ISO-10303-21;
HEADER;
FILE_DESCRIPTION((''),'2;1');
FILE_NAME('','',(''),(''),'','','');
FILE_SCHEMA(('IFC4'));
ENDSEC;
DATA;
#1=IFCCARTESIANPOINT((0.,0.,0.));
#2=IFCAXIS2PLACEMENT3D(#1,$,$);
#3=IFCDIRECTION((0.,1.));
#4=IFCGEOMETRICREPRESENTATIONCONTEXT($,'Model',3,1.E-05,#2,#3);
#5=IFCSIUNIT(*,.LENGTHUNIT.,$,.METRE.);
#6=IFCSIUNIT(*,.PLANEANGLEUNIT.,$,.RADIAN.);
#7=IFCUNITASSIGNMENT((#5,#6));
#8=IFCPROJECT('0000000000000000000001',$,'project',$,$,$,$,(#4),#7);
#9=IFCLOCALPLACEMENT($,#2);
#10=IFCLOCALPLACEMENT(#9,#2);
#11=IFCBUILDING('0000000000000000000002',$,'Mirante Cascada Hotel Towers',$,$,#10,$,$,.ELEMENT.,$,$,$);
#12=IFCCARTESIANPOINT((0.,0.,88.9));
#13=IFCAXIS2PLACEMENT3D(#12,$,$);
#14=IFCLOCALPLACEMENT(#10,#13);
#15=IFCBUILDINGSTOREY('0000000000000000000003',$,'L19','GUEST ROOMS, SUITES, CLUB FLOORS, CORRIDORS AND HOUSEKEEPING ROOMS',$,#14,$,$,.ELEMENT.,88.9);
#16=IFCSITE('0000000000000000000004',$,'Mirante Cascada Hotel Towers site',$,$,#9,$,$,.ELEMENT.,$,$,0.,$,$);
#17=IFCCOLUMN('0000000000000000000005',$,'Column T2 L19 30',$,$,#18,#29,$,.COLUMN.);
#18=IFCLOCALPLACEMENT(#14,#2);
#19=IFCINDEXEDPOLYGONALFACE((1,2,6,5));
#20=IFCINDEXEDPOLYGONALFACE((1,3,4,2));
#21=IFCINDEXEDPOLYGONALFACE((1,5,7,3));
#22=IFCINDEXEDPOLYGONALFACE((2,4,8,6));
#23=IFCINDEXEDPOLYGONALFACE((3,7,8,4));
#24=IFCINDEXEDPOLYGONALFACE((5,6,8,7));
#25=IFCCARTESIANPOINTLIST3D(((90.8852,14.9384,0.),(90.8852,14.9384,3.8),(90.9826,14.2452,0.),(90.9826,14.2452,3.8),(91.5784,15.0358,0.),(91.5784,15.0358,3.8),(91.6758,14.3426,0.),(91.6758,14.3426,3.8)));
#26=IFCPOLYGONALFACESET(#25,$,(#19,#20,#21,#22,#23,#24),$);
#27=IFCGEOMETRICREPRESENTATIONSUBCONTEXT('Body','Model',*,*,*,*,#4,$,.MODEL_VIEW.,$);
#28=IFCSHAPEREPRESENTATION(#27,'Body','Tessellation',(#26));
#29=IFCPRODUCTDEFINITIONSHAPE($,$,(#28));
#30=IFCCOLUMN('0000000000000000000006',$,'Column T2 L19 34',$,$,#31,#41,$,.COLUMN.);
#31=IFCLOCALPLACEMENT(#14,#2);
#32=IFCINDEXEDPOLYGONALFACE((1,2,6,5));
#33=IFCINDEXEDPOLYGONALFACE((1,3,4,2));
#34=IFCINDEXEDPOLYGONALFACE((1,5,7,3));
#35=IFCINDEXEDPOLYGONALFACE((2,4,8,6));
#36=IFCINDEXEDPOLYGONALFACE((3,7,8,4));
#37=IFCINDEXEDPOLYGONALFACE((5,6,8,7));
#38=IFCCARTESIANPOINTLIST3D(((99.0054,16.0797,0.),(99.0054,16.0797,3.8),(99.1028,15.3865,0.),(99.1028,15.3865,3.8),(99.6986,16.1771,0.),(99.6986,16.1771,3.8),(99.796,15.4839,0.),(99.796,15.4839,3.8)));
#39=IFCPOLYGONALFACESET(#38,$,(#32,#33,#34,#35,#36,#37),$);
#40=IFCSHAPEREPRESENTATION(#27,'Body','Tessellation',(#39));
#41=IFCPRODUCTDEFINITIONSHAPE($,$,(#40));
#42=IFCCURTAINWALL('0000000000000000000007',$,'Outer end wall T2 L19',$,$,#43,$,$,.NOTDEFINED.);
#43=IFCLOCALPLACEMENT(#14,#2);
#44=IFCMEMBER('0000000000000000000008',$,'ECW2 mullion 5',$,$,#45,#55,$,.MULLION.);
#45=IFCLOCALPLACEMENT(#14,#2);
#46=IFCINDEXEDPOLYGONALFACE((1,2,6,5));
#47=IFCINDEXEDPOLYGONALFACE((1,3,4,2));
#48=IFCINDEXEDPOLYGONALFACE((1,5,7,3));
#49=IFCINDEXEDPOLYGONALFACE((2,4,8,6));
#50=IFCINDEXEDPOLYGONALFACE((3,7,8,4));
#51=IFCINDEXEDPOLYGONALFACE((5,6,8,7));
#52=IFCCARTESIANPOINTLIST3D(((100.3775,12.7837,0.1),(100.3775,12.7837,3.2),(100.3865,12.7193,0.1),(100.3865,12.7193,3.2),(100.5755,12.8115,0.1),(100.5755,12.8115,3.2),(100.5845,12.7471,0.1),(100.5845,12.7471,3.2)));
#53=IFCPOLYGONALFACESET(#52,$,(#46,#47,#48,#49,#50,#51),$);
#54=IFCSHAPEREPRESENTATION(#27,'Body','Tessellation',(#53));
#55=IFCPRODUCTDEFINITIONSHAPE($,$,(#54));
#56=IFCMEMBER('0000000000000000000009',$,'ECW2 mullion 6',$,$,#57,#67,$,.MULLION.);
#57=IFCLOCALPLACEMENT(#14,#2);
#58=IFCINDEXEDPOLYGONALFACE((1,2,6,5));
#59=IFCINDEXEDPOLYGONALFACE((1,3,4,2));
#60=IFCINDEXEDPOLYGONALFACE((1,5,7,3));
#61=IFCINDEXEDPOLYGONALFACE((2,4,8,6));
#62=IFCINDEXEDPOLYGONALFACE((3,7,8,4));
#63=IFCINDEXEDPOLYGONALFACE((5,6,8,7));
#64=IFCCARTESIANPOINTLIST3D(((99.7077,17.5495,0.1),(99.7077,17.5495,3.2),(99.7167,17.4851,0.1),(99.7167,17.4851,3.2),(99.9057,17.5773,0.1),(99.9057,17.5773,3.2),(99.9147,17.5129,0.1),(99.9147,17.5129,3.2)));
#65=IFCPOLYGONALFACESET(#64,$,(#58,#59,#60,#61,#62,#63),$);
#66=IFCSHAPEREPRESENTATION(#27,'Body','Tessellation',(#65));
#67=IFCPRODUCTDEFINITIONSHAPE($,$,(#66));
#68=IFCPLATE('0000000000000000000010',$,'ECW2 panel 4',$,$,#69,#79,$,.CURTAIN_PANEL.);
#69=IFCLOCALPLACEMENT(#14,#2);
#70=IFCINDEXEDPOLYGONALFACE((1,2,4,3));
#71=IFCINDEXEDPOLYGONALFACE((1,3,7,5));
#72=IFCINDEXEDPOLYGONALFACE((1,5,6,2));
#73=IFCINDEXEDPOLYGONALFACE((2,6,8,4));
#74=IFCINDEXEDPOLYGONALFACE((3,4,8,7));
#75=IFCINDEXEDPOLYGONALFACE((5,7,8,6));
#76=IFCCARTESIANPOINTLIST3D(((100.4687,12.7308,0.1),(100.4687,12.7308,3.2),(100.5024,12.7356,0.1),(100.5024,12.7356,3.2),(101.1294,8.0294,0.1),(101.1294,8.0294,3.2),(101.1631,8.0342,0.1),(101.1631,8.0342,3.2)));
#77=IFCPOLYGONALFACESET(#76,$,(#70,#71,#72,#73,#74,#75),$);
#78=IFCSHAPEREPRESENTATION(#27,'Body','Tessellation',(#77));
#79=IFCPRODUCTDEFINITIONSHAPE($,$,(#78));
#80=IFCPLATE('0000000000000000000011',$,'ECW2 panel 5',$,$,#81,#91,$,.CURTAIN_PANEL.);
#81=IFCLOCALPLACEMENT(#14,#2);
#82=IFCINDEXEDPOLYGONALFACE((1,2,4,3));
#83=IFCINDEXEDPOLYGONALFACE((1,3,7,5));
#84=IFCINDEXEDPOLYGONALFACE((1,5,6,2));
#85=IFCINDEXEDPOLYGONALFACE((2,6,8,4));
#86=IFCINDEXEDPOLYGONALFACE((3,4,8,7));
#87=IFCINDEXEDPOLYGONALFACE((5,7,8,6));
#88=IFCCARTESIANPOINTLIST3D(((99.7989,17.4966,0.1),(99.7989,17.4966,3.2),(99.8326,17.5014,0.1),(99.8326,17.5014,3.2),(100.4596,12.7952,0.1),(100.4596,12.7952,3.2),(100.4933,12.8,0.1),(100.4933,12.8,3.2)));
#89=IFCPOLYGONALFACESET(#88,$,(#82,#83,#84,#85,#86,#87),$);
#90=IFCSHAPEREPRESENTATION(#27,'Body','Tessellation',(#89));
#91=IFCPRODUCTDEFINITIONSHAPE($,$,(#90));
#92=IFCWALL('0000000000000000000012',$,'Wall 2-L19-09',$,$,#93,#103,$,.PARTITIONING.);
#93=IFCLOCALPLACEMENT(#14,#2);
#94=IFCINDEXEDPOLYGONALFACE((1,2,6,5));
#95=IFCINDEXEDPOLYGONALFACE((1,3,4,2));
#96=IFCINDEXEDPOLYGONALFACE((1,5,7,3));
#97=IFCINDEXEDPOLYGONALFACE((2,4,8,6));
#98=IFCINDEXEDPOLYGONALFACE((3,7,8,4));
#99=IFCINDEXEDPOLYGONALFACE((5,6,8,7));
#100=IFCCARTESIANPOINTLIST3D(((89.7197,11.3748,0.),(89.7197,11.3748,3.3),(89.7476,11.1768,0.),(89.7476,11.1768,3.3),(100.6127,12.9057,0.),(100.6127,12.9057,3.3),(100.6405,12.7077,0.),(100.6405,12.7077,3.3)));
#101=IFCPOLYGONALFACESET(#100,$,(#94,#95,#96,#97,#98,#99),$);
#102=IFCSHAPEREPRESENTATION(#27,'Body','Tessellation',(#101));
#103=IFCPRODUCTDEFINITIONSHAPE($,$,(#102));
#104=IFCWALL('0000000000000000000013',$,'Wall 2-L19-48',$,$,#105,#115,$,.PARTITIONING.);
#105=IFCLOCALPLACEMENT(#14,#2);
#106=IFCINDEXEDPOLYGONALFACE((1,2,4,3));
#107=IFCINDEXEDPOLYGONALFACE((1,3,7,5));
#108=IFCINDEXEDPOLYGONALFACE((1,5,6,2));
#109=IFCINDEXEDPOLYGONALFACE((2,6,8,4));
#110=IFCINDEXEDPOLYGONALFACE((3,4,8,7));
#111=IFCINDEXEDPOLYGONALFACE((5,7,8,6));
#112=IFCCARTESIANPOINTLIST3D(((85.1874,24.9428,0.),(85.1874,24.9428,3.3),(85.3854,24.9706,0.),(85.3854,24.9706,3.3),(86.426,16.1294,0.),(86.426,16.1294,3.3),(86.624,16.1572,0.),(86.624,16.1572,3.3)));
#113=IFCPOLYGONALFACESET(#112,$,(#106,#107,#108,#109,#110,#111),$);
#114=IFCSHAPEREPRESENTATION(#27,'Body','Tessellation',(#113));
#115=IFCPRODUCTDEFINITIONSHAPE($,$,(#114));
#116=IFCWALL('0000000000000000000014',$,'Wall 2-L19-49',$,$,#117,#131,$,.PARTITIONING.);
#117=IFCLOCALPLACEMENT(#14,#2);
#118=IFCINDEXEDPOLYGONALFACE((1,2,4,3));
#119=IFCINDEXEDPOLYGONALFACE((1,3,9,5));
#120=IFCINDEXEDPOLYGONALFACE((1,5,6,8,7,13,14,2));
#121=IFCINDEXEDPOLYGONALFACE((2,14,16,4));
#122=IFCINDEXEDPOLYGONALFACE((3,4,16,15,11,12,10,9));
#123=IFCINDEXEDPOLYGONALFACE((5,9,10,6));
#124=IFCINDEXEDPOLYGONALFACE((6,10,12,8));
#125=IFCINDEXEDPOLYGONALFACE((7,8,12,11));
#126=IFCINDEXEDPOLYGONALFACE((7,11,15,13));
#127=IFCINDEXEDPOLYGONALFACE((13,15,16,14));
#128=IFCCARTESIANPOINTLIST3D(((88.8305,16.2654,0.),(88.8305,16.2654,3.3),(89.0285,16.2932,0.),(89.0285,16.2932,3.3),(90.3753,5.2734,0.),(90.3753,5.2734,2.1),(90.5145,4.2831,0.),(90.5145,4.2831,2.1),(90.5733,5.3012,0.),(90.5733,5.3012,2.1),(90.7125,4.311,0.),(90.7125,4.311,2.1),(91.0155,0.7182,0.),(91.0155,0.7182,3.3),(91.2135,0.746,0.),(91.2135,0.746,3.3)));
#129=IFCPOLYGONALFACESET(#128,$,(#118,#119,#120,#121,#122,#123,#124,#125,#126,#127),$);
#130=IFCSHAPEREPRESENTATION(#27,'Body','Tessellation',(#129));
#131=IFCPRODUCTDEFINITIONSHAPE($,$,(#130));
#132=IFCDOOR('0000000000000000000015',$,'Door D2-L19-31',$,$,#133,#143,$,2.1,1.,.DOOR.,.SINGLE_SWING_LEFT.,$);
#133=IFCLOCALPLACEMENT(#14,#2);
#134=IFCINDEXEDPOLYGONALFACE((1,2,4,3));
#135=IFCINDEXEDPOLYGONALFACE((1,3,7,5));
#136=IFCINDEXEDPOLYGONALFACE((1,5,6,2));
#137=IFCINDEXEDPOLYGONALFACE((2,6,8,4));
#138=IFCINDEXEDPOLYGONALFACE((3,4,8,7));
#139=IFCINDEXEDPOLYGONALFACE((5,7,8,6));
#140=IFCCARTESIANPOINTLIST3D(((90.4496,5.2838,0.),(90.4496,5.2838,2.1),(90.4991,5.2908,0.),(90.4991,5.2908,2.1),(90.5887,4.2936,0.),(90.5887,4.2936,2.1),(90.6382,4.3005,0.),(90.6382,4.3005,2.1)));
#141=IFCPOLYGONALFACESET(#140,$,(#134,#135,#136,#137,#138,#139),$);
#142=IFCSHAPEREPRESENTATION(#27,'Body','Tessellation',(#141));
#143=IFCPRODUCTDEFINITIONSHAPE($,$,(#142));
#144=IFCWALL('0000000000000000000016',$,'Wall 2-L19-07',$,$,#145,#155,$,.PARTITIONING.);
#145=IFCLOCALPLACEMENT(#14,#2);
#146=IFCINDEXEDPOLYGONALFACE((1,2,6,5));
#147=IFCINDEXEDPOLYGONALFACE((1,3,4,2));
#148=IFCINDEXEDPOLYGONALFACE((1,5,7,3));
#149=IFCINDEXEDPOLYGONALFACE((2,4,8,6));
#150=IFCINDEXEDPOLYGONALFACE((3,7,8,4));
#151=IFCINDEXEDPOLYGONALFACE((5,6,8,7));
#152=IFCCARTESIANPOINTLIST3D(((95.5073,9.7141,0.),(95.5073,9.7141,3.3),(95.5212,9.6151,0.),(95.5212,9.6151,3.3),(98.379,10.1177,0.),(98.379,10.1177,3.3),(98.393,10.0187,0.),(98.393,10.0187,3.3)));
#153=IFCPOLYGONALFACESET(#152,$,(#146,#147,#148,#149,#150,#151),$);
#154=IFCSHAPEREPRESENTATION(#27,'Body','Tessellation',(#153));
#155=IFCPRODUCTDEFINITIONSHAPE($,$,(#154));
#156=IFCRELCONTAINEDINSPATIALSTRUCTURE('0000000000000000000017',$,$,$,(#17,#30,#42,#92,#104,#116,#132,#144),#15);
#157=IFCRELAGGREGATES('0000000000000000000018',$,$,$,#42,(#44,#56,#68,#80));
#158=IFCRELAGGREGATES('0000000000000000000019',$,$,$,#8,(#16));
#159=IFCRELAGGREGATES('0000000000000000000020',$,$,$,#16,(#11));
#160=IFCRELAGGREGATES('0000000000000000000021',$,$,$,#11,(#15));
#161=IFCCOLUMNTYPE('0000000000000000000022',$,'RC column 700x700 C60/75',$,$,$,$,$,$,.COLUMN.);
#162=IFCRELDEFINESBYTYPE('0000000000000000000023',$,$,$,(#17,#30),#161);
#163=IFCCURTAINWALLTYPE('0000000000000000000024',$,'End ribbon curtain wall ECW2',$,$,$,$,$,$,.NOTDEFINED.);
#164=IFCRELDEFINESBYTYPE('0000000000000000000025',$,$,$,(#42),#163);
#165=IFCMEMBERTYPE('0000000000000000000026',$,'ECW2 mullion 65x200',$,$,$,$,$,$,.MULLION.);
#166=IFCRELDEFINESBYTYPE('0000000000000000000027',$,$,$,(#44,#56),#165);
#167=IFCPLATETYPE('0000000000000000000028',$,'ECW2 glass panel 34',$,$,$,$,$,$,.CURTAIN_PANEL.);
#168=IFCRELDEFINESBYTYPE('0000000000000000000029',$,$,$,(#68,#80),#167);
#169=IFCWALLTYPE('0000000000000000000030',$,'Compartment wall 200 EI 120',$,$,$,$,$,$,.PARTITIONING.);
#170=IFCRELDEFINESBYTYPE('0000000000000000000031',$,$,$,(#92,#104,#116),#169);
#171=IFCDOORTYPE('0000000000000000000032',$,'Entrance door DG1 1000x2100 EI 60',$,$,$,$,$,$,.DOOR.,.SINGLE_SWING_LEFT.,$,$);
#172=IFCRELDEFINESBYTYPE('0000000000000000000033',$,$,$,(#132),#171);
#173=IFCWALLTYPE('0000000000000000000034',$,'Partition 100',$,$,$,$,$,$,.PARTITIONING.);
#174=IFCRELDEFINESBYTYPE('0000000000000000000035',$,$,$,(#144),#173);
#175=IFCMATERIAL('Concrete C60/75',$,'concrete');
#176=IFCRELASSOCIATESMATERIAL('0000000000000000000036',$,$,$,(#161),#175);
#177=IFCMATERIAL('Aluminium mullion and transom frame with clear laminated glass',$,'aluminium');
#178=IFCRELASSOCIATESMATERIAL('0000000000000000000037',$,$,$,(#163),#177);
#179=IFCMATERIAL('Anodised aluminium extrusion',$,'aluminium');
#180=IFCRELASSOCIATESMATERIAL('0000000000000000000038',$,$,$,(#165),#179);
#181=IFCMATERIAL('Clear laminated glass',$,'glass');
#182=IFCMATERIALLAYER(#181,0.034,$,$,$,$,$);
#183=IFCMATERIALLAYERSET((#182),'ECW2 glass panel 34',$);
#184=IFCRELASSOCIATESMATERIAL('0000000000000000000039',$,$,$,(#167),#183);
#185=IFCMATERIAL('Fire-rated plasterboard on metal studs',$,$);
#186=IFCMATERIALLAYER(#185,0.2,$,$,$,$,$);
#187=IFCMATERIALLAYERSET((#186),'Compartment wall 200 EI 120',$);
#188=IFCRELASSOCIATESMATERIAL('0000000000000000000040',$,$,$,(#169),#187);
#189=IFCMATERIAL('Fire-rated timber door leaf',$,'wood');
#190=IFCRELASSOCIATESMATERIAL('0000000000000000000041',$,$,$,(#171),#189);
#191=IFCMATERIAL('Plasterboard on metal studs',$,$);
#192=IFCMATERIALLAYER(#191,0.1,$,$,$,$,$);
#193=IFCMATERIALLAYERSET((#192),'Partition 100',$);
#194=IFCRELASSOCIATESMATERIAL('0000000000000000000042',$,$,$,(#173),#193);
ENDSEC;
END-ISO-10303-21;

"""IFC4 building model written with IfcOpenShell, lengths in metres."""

from ifc_helpers import new_model, si_unit, direction, frame, frame_2d, origin, origin_2d, place, context, subcontext, project, spatial, rectangle, extrude, material, layer, layer_set, material_profile, profile_set, type_object, element, fill, aggregate, save


model = new_model("IFC4")

# Units and contexts
model_context = context("Model", 3, precision=1e-05, world=origin(), true_north=direction((0.0, 1.0)))
body_context = subcontext(model_context, "Body", "Model", "MODEL_VIEW")
ifc_project = project(units=[si_unit("LENGTHUNIT", "METRE"), si_unit("PLANEANGLEUNIT", "RADIAN")], contexts=[model_context])

# Site, building, storey
site_placement = place(None, origin())
site = spatial("IfcSite", under=ifc_project, at=site_placement, Name="Mirante Cascada Hotel Towers site", CompositionType="ELEMENT", RefElevation=0.0)
building_placement = place(site_placement, origin())
building = spatial("IfcBuilding", under=site, at=building_placement, Name="Mirante Cascada Hotel Towers", CompositionType="ELEMENT")
storey_placement = place(building_placement, frame((0.0, 0.0, 88.9)))
storey = spatial("IfcBuildingStorey", under=building, at=storey_placement, Name="L19", Description="GUEST ROOMS, SUITES, CLUB FLOORS, CORRIDORS AND HOUSEKEEPING ROOMS", CompositionType="ELEMENT", Elevation=88.9)

# Columns
ifc_material_1 = material(Name="Concrete C60/75", Category="concrete")
ifc_material_profile_1 = material_profile(ifc_material_1, rectangle(XDim=0.7, YDim=0.7, at=origin_2d()), Name="RC column 700x700 C60/75")
ifc_profile_set_1 = profile_set([ifc_material_profile_1], Name="Concrete C60/75")
column_type = type_object("IfcColumnType", Name="RC column 700x700 C60/75", PredefinedType="COLUMN", material=ifc_profile_set_1)
for number, where, z_axis, x_axis, name in (
    (1, (91.2805, 14.6405, 0.0), (0.0, 0.0, 1.0), (0.990268, 0.139173, 0.0), "Column T2 L19 30"),
    (2, (99.4007, 15.7818, 0.0), (0.0, 0.0, 1.0), (0.990268, 0.139173, 0.0), "Column T2 L19 34"),
):
    element("IfcColumn", number, at=place(storey_placement, frame(where, z_axis=z_axis, x_axis=x_axis)), inside=storey, type_object=column_type, Name=name, PredefinedType="COLUMN", context=body_context, shape_type="SweptSolid", body=[
        extrude(rectangle(XDim=0.7, YDim=0.7, at=origin_2d()), origin(), (0.0, 0.0, 1.0), 3.8),
    ])

# Curtain wall, members, plates
ifc_material_2 = material(Name="Aluminium mullion and transom frame with clear laminated glass", Category="aluminium")
curtain_wall_type = type_object("IfcCurtainWallType", Name="End ribbon curtain wall ECW2", PredefinedType="NOTDEFINED", material=ifc_material_2)
curtain_wall_placement = place(storey_placement, origin())
curtain_wall = element("IfcCurtainWall", 3, at=curtain_wall_placement, inside=storey, type_object=curtain_wall_type, Name="Outer end wall T2 L19", PredefinedType="NOTDEFINED")
ifc_material_3 = material(Name="Anodised aluminium extrusion", Category="aluminium")
ifc_material_profile_2 = material_profile(ifc_material_3, rectangle(XDim=0.2, YDim=0.065, at=origin_2d()), Name="ECW2 MULLION 65x200")
ifc_profile_set_2 = profile_set([ifc_material_profile_2], Name="Anodised aluminium extrusion")
member_type = type_object("IfcMemberType", Name="ECW2 mullion 65x200", PredefinedType="MULLION", material=ifc_profile_set_2)
member_1_placement = place(storey_placement, frame((100.481, 12.7654, 0.1), z_axis=(0.0, 0.0, 1.0), x_axis=(-0.990268, -0.139173, 0.0)))
member_1 = element("IfcMember", 4, at=member_1_placement, type_object=member_type, Name="ECW2 mullion 5", PredefinedType="MULLION", context=body_context, shape_type="SweptSolid", body=[
    extrude(rectangle(XDim=0.2, YDim=0.065, at=origin_2d()), origin(), (0.0, 0.0, 1.0), 3.1),
])
member_2_placement = place(storey_placement, frame((99.8112, 17.5312, 0.1), z_axis=(0.0, 0.0, 1.0), x_axis=(-0.990268, -0.139173, 0.0)))
member_2 = element("IfcMember", 5, at=member_2_placement, type_object=member_type, Name="ECW2 mullion 6", PredefinedType="MULLION", context=body_context, shape_type="SweptSolid", body=[
    extrude(rectangle(XDim=0.2, YDim=0.065, at=origin_2d()), origin(), (0.0, 0.0, 1.0), 3.1),
])
ifc_material_4 = material(Name="Clear laminated glass", Category="glass")
ifc_layer_1 = layer(ifc_material_4, 0.034)
ifc_layer_set_1 = layer_set([ifc_layer_1], Name="ECW2 glass panel 34")
plate_type = type_object("IfcPlateType", Name="ECW2 glass panel 34", PredefinedType="CURTAIN_PANEL", material=ifc_layer_set_1)
plate_1_placement = place(storey_placement, frame((100.8159, 10.3825, 0.1), z_axis=(0.0, 0.0, 1.0), x_axis=(-0.139173, 0.990268, 0.0)))
plate_1 = element("IfcPlate", 6, at=plate_1_placement, type_object=plate_type, Name="ECW2 panel 4", PredefinedType="CURTAIN_PANEL", context=body_context, shape_type="SweptSolid", body=[
    extrude(rectangle(XDim=4.7476, YDim=0.034, at=origin_2d()), origin(), (0.0, 0.0, 1.0), 3.1),
])
plate_2_placement = place(storey_placement, frame((100.1461, 15.1483, 0.1), z_axis=(0.0, 0.0, 1.0), x_axis=(-0.139173, 0.990268, 0.0)))
plate_2 = element("IfcPlate", 7, at=plate_2_placement, type_object=plate_type, Name="ECW2 panel 5", PredefinedType="CURTAIN_PANEL", context=body_context, shape_type="SweptSolid", body=[
    extrude(rectangle(XDim=4.7476, YDim=0.034, at=origin_2d()), origin(), (0.0, 0.0, 1.0), 3.1),
])
aggregate(curtain_wall, [member_1, member_2, plate_1, plate_2])

# Walls
ifc_material_5 = material(Name="Fire-rated plasterboard on metal studs")
ifc_layer_2 = layer(ifc_material_5, 0.2)
ifc_layer_set_2 = layer_set([ifc_layer_2], Name="Compartment wall 200 EI 120")
wall_type_1 = type_object("IfcWallType", Name="Compartment wall 200 EI 120", PredefinedType="PARTITIONING", material=ifc_layer_set_2)
wall_1_placement = place(storey_placement, frame((100.6266, 12.8067, 0.0), z_axis=(0.0, 0.0, 1.0), x_axis=(-0.990268, -0.139173, 0.0)))
element("IfcWall", 8, at=wall_1_placement, inside=storey, type_object=wall_type_1, Name="Wall 2-L19-09", PredefinedType="PARTITIONING", context=body_context, shape_type="SweptSolid", body=[
    extrude(rectangle(XDim=11.0, YDim=0.2, at=frame_2d((5.5, 0.0))), origin(), (0.0, 0.0, 1.0), 3.3),
])
wall_2_placement = place(storey_placement, frame((86.525, 16.1433, 0.0), z_axis=(0.0, 0.0, 1.0), x_axis=(-0.139168, 0.990269, 0.0)))
element("IfcWall", 9, at=wall_2_placement, inside=storey, type_object=wall_type_1, Name="Wall 2-L19-48", PredefinedType="PARTITIONING", context=body_context, shape_type="SweptSolid", body=[
    extrude(rectangle(XDim=8.9, YDim=0.2, at=frame_2d((4.45, 0.0))), origin(), (0.0, 0.0, 1.0), 3.3),
])

# Wall, opening, door
wall_3_placement = place(storey_placement, frame((88.9295, 16.2793, 0.0), z_axis=(0.0, 0.0, 1.0), x_axis=(0.139172, -0.990268, 0.0)))
wall_3 = element("IfcWall", 10, at=wall_3_placement, inside=storey, type_object=wall_type_1, Name="Wall 2-L19-49", PredefinedType="PARTITIONING", context=body_context, shape_type="SweptSolid", body=[
    extrude(rectangle(XDim=15.7, YDim=0.2, at=frame_2d((7.85, 0.0))), origin(), (0.0, 0.0, 1.0), 3.3),
])
opening_1_placement = place(wall_3_placement, frame((11.1, 0.0, 0.0)))
opening_1 = element("IfcOpeningElement", 11, at=opening_1_placement, cuts=wall_3, PredefinedType="OPENING", context=body_context, shape_type="SweptSolid", body=[
    extrude(rectangle(XDim=1.0, YDim=2.1, at=frame_2d((0.5, 1.05))), frame((0.0, 0.1, 0.0), z_axis=(0.0, -1.0, 0.0), x_axis=(1.0, 0.0, 0.0)), (0.0, 0.0, 1.0), 0.2),
])
ifc_material_6 = material(Name="Fire-rated timber door leaf", Category="wood")
door_type_1 = type_object("IfcDoorType", Name="Entrance door DG1 1000x2100 EI 60", OperationType="SINGLE_SWING_LEFT", PredefinedType="DOOR", material=ifc_material_6)
door_1_placement = place(opening_1_placement, origin())
door_1 = element("IfcDoor", 12, at=door_1_placement, inside=storey, type_object=door_type_1, Name="Door D2-L19-31", OperationType="SINGLE_SWING_LEFT", OverallHeight=2.1, OverallWidth=1.0, PredefinedType="DOOR", context=body_context, shape_type="SweptSolid", body=[
    extrude(rectangle(XDim=1.0, YDim=2.1, at=frame_2d((0.5, 1.05))), frame((0.0, 0.025, 0.0), z_axis=(0.0, -1.0, 0.0), x_axis=(1.0, 0.0, 0.0)), (0.0, 0.0, 1.0), 0.05),
])
fill(opening_1, door_1)

# Wall
ifc_material_7 = material(Name="Plasterboard on metal studs")
ifc_layer_3 = layer(ifc_material_7, 0.1)
ifc_layer_set_3 = layer_set([ifc_layer_3], Name="Partition 100")
wall_type_2 = type_object("IfcWallType", Name="Partition 100", PredefinedType="PARTITIONING", material=ifc_layer_set_3)
wall_4_placement = place(storey_placement, frame((98.386, 10.0682, 0.0), z_axis=(0.0, 0.0, 1.0), x_axis=(-0.990268, -0.139171, 0.0)))
element("IfcWall", 13, at=wall_4_placement, inside=storey, type_object=wall_type_2, Name="Wall 2-L19-07", PredefinedType="PARTITIONING", context=body_context, shape_type="SweptSolid", body=[
    extrude(rectangle(XDim=2.9, YDim=0.1, at=frame_2d((1.45, 0.0))), origin(), (0.0, 0.0, 1.0), 3.3),
])

save(model, "model.ifc")
